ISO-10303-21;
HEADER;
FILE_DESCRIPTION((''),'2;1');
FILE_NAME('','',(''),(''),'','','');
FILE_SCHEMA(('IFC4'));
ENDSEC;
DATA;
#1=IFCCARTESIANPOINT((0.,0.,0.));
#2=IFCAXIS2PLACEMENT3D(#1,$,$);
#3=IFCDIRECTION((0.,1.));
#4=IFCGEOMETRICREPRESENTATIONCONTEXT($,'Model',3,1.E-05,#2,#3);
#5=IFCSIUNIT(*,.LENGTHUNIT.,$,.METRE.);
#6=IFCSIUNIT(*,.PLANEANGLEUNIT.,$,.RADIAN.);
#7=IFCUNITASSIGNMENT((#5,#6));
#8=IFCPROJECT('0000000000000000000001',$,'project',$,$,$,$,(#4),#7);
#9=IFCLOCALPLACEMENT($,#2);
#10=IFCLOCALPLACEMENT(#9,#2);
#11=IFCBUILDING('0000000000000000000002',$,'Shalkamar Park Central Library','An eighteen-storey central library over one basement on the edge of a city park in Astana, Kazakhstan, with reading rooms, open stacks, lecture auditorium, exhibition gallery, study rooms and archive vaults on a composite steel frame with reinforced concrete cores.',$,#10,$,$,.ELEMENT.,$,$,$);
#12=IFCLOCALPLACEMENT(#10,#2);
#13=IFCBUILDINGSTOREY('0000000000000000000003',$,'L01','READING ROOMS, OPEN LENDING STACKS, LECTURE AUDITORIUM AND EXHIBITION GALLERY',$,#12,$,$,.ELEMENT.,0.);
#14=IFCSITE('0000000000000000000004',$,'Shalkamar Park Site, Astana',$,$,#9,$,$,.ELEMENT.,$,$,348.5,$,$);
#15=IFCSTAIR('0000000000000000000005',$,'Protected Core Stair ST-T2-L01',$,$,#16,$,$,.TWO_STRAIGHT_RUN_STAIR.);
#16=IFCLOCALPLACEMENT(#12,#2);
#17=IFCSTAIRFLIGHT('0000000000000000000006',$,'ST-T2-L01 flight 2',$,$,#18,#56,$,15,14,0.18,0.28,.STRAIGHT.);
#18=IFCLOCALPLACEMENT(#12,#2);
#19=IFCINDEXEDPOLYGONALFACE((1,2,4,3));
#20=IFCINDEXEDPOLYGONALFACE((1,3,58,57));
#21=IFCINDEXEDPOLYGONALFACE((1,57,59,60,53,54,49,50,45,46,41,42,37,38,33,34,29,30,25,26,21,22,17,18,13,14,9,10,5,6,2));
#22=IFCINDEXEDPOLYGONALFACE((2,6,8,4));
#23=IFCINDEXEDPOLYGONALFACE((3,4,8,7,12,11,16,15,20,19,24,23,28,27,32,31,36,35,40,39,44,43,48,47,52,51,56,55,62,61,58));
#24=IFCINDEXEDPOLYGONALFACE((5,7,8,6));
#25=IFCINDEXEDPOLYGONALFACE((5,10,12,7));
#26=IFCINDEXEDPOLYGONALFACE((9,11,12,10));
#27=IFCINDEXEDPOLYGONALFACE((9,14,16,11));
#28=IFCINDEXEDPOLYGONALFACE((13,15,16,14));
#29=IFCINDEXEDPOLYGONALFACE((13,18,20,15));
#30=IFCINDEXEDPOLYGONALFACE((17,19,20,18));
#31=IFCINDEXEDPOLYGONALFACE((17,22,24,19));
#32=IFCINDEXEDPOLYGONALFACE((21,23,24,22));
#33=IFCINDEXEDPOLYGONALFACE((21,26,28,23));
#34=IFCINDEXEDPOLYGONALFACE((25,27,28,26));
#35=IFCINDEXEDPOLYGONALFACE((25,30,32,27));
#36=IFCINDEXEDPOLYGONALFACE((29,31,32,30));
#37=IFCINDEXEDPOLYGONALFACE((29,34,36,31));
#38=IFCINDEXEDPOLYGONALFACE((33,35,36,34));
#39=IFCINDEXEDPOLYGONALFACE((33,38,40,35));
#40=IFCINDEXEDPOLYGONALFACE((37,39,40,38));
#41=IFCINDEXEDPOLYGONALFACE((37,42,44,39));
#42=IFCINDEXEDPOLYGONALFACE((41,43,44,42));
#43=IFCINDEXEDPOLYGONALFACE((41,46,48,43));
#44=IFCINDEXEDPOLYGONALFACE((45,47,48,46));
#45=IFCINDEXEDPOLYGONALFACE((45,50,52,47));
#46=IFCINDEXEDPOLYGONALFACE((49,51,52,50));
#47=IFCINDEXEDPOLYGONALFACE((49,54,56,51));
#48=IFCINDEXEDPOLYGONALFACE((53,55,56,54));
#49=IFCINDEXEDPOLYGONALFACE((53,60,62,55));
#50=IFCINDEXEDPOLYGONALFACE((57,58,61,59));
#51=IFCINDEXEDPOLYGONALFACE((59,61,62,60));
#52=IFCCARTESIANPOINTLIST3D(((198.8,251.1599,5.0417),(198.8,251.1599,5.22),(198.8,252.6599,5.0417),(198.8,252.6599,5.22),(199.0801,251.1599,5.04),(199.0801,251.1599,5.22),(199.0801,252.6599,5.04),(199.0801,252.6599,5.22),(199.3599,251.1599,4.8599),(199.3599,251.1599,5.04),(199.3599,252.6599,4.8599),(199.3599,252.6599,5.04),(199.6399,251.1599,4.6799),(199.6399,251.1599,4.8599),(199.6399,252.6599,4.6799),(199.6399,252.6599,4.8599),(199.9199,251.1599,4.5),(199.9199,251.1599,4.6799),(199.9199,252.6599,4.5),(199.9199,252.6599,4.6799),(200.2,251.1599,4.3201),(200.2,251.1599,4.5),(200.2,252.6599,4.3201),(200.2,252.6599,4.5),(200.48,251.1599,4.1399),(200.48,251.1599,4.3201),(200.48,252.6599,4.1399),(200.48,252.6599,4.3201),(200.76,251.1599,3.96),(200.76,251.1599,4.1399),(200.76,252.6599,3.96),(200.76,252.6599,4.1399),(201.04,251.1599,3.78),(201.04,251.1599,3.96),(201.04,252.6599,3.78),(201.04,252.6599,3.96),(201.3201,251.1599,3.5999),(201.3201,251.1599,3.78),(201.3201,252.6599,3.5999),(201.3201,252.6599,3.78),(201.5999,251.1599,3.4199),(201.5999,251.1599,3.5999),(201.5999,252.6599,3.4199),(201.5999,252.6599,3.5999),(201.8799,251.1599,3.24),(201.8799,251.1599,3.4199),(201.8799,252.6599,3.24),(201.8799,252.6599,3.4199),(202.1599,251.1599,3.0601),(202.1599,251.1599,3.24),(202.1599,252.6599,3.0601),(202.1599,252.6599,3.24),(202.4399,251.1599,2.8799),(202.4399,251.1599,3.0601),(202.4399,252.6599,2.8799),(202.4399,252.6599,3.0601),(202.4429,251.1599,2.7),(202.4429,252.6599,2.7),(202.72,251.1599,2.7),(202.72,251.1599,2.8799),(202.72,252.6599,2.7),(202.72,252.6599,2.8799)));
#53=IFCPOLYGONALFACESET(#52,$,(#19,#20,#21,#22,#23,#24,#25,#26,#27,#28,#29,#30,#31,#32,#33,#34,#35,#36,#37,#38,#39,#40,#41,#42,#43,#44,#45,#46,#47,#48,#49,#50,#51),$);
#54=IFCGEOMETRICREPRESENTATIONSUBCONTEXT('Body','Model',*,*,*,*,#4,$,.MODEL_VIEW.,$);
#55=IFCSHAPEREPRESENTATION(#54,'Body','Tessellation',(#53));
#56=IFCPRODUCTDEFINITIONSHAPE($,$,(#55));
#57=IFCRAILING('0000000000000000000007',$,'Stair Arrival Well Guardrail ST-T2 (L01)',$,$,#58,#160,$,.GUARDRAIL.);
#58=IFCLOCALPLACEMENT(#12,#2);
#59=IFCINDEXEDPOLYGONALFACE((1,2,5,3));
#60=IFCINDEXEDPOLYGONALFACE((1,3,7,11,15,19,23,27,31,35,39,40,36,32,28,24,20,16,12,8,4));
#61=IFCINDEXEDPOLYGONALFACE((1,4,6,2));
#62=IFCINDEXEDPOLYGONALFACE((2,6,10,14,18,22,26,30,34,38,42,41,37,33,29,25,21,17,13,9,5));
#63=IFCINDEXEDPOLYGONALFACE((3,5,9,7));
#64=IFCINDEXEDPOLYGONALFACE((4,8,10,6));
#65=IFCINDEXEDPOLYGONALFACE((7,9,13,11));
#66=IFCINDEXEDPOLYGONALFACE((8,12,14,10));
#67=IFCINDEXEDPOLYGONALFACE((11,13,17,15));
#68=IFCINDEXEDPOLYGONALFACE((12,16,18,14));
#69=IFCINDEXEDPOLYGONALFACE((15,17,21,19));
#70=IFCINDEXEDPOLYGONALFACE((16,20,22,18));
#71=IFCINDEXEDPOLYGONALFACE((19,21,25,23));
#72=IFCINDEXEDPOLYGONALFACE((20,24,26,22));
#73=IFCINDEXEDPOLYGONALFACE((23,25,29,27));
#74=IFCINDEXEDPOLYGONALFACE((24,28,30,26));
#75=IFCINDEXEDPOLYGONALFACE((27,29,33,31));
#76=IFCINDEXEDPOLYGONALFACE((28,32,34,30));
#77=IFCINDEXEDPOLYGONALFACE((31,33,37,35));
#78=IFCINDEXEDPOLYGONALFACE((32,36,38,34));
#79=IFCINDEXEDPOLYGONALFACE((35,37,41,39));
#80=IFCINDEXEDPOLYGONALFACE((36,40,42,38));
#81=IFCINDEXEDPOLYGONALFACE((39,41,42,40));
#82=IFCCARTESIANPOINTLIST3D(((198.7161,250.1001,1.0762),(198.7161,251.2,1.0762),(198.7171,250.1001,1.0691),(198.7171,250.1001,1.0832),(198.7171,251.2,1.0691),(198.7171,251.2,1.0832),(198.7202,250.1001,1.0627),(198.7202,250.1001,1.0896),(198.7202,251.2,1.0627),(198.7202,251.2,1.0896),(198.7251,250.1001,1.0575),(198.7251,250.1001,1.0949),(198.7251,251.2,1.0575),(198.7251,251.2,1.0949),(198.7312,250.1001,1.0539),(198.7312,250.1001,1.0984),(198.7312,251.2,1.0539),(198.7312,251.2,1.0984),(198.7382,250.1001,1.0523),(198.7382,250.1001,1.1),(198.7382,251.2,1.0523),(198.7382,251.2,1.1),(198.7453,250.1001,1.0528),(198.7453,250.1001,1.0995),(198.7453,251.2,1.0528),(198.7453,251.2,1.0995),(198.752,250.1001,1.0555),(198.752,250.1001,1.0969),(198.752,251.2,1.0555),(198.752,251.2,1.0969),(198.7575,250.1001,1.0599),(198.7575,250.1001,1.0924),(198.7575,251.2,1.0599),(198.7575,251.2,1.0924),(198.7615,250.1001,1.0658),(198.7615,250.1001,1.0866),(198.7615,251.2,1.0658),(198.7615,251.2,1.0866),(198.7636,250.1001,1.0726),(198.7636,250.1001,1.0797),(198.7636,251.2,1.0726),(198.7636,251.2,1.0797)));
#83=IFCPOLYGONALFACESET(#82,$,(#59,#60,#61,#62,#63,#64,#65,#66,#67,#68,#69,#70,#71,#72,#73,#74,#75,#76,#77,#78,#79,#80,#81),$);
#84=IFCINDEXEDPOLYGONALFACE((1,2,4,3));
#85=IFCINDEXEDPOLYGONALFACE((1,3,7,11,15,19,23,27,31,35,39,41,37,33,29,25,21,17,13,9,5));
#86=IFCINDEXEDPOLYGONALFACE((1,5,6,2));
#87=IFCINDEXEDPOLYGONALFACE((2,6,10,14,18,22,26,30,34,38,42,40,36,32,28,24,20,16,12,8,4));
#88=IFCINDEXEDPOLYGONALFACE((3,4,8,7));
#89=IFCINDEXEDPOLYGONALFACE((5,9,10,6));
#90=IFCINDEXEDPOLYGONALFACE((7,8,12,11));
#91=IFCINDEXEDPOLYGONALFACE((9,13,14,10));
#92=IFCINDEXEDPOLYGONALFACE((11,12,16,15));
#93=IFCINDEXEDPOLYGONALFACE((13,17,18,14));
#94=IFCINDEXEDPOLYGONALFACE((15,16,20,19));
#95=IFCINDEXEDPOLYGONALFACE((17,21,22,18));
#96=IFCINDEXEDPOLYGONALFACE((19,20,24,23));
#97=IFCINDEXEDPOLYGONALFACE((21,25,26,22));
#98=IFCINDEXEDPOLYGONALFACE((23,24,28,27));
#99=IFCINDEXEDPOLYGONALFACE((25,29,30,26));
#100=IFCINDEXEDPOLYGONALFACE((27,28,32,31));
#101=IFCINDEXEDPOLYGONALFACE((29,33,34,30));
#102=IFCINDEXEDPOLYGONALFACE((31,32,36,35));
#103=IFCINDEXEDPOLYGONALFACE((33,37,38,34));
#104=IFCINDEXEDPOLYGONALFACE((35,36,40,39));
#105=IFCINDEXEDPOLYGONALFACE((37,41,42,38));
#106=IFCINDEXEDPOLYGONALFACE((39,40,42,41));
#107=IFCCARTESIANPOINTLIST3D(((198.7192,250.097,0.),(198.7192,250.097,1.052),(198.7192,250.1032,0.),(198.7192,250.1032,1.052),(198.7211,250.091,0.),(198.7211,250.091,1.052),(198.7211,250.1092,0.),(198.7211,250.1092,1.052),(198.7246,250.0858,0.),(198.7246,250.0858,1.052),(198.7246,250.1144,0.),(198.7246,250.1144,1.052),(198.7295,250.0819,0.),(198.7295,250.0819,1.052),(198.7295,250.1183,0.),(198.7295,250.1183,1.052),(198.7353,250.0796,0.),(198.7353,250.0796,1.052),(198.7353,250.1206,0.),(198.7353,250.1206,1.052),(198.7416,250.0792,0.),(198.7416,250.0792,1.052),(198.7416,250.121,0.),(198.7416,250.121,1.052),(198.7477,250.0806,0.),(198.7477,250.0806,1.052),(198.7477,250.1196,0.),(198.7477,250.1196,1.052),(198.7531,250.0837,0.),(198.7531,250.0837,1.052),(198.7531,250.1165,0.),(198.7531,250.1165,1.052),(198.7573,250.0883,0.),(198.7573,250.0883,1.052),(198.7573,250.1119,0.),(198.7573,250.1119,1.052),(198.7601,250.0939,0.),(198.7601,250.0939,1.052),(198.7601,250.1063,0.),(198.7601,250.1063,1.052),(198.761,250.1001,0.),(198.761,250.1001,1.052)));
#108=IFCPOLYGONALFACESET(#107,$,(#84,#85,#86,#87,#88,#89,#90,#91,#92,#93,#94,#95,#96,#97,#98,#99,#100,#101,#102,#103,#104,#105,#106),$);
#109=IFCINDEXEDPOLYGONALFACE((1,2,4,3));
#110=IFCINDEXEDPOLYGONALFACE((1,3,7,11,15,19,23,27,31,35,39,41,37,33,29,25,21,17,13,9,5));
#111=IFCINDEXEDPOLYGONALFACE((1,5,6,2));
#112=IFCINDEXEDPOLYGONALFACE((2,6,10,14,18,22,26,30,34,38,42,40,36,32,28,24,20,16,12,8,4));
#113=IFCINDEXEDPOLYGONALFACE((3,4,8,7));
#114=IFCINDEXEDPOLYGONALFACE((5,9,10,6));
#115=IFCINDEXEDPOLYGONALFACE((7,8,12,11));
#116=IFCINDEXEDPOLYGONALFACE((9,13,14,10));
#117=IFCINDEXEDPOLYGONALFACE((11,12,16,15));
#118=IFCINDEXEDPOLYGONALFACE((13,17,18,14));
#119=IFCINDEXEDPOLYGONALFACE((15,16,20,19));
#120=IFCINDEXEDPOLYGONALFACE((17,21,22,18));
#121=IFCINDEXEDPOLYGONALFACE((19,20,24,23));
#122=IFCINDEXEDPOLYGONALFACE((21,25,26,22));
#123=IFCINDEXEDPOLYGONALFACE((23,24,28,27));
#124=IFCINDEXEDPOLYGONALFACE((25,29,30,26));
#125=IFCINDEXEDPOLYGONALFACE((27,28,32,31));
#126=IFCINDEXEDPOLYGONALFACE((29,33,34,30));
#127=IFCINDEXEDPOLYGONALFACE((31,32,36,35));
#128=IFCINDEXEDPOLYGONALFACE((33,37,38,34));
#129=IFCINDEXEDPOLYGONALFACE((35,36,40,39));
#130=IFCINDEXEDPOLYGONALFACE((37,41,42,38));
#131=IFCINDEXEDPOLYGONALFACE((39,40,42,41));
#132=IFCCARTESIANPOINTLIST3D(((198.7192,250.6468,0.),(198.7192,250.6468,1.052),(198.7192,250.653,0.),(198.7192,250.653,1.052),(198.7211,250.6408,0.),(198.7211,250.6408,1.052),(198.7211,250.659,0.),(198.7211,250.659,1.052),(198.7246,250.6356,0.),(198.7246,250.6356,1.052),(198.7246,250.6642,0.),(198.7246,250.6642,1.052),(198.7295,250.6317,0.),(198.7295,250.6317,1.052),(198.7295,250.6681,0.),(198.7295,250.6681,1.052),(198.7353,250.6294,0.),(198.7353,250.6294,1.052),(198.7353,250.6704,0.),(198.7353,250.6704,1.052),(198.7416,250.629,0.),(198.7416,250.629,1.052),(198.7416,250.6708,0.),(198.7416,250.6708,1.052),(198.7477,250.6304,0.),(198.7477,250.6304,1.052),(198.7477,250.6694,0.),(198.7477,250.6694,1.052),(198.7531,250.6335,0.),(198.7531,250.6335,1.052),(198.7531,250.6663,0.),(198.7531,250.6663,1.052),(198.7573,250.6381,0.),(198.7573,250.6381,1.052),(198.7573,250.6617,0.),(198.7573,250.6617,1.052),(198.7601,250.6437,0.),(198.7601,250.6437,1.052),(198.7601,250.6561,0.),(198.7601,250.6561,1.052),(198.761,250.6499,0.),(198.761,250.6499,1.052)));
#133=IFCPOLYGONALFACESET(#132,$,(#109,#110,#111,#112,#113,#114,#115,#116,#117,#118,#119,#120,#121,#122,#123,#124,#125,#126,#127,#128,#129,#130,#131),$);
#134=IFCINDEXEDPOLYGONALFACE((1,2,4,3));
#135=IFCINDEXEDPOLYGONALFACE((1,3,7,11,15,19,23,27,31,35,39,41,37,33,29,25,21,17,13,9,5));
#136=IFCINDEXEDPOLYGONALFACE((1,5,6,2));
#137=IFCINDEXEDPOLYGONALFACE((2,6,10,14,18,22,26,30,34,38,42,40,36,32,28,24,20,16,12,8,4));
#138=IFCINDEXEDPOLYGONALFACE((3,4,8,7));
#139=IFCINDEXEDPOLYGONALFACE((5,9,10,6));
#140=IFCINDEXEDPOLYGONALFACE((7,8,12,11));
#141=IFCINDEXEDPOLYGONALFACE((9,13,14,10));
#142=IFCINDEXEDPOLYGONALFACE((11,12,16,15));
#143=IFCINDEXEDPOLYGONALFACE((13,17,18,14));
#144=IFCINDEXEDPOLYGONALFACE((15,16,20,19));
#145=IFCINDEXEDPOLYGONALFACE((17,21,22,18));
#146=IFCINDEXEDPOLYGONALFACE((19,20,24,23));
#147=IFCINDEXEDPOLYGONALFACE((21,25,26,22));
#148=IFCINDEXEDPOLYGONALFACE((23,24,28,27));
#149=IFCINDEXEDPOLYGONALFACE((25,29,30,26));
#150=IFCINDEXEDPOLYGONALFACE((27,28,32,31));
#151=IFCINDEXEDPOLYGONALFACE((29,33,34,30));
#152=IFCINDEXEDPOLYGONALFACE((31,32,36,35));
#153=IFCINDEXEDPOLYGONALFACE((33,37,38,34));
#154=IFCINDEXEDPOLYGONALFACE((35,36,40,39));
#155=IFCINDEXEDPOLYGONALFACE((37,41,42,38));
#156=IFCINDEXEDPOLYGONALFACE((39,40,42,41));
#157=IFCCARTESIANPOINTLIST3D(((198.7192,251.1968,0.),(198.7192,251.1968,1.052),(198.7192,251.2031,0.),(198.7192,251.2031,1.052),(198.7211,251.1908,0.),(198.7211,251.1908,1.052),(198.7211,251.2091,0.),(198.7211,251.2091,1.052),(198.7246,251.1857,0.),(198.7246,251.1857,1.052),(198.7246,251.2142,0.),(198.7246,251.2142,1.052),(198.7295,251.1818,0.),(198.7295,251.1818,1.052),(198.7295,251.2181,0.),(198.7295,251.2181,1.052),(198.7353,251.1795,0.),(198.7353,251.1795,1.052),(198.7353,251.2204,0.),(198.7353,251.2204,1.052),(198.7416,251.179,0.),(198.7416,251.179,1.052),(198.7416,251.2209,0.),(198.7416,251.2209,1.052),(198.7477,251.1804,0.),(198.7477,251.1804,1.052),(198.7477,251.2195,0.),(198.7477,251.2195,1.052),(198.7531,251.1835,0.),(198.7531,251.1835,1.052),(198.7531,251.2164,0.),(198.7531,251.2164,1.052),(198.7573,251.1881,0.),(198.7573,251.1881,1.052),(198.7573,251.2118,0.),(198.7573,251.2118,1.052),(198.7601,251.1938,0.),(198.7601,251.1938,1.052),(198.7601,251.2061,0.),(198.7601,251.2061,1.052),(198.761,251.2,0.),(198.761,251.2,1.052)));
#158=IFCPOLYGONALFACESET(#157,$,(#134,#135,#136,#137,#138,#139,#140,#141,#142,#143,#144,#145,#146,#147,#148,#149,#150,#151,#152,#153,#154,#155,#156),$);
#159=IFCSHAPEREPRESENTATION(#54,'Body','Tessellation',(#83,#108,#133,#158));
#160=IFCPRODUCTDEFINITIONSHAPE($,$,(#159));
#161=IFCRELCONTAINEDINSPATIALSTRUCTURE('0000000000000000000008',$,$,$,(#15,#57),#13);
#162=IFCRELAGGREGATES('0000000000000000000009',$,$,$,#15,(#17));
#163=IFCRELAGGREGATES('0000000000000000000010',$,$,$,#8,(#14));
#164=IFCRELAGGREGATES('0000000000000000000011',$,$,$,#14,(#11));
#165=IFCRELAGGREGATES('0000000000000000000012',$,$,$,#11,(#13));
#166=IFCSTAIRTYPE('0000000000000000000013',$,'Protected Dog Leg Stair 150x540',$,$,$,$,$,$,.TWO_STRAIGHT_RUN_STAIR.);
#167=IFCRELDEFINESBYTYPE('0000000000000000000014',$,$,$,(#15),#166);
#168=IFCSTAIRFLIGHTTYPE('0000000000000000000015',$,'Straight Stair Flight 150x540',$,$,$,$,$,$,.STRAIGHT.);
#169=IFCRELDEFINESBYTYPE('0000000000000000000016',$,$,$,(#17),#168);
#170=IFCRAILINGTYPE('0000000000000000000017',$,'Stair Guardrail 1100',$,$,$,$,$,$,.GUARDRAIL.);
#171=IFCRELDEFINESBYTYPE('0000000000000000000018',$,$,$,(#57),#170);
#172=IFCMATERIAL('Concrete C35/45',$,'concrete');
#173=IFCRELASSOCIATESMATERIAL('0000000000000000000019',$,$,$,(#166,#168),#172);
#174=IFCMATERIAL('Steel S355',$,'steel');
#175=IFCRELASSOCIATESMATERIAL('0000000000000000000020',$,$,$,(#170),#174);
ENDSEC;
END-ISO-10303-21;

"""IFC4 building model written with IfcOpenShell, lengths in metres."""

from ifc_helpers import new_model, si_unit, direction, frame, origin, origin_2d, place, context, subcontext, project, spatial, polyline, circle, outline, extrude, material, type_object, element, aggregate, save


model = new_model("IFC4")

# Units and contexts
model_context = context("Model", 3, precision=1e-05, world=origin(), true_north=direction((0.0, 1.0)))
body_context = subcontext(model_context, "Body", "Model", "MODEL_VIEW")
ifc_project = project(units=[si_unit("LENGTHUNIT", "METRE"), si_unit("PLANEANGLEUNIT", "RADIAN")], contexts=[model_context])

# Site, building, storey
site_placement = place(None, origin())
site = spatial("IfcSite", under=ifc_project, at=site_placement, Name="Shalkamar Park Site, Astana", CompositionType="ELEMENT", RefElevation=348.5)
building_placement = place(site_placement, origin())
building = spatial("IfcBuilding", under=site, at=building_placement, Name="Shalkamar Park Central Library", Description="An eighteen-storey central library over one basement on the edge of a city park in Astana, Kazakhstan, with reading rooms, open stacks, lecture auditorium, exhibition gallery, study rooms and archive vaults on a composite steel frame with reinforced concrete cores.", CompositionType="ELEMENT")
storey_placement = place(building_placement, origin())
storey = spatial("IfcBuildingStorey", under=building, at=storey_placement, Name="L01", Description="READING ROOMS, OPEN LENDING STACKS, LECTURE AUDITORIUM AND EXHIBITION GALLERY", CompositionType="ELEMENT", Elevation=0.0)

# Shared definitions
ifc_material_1 = material(Name="Steel S355", Category="steel")

# Stair, stair flight
ifc_material_2 = material(Name="Concrete C35/45", Category="concrete")
stair_type = type_object("IfcStairType", Name="Protected Dog Leg Stair 150x540", PredefinedType="TWO_STRAIGHT_RUN_STAIR", material=ifc_material_2)
stair_placement = place(storey_placement, origin())
stair = element("IfcStair", 1, at=stair_placement, inside=storey, type_object=stair_type, Name="Protected Core Stair ST-T2-L01", PredefinedType="TWO_STRAIGHT_RUN_STAIR")
stair_flight_type = type_object("IfcStairFlightType", Name="Straight Stair Flight 150x540", PredefinedType="STRAIGHT", material=ifc_material_2)
stair_flight_1_placement = place(storey_placement, frame((202.72, 251.9099, 2.7), z_axis=(0.0, 0.0, 1.0), x_axis=(-1.0, 0.0, 0.0)))
stair_flight_1 = element("IfcStairFlight", 2, at=stair_flight_1_placement, type_object=stair_flight_type, Name="ST-T2-L01 flight 2", NumberOfRisers=15, NumberOfTreads=14, PredefinedType="STRAIGHT", RiserHeight=0.18, TreadLength=0.28, context=body_context, shape_type="SweptSolid", body=[
    extrude(outline(polyline([(0.0, 0.0), (0.0, 0.1799), (0.28, 0.1799), (0.28, 0.3601), (0.5601, 0.3601), (0.5601, 0.54), (0.8401, 0.54), (0.8401, 0.72), (1.1201, 0.72), (1.1201, 0.8999), (1.3999, 0.8999), (1.3999, 1.0801), (1.6799, 1.0801), (1.6799, 1.26), (1.96, 1.26), (1.96, 1.4399), (2.24, 1.4399), (2.24, 1.6201), (2.52, 1.6201), (2.52, 1.8), (2.8, 1.8), (2.8, 1.98), (3.0801, 1.98), (3.0801, 2.1599), (3.3601, 2.1599), (3.3601, 2.3401), (3.6399, 2.3401), (3.6399, 2.52), (3.9199, 2.52), (3.9199, 2.7), (3.9199, 2.3418), (0.2771, 0.0), (0.0, 0.0)])), frame((0.0, 0.75, 0.0), z_axis=(0.0, -1.0, 0.0), x_axis=(1.0, 0.0, 0.0)), (0.0, 0.0, 1.0), 1.5),
])
aggregate(stair, [stair_flight_1])

# Railing
railing_type_1 = type_object("IfcRailingType", Name="Stair Guardrail 1100", PredefinedType="GUARDRAIL", material=ifc_material_1)
railing_1_placement = place(storey_placement, frame((198.74, 250.1001, 0.0)))
element("IfcRailing", 3, at=railing_1_placement, inside=storey, type_object=railing_type_1, Name="Stair Arrival Well Guardrail ST-T2 (L01)", PredefinedType="GUARDRAIL", context=body_context, shape_type="SweptSolid", body=[
    extrude(circle(Radius=0.0239, at=origin_2d()), frame((0.0, 0.0, 1.0762), z_axis=(0.0, 1.0, 0.0), x_axis=(-1.0, 0.0, 0.0)), (0.0, 0.0, 1.0), 1.0999),
    extrude(circle(Radius=0.021, at=origin_2d()), origin(), (0.0, 0.0, 1.0), 1.052),
    extrude(circle(Radius=0.021, at=origin_2d()), frame((0.0, 0.5498, 0.0)), (0.0, 0.0, 1.0), 1.052),
    extrude(circle(Radius=0.021, at=origin_2d()), frame((0.0, 1.0999, 0.0)), (0.0, 0.0, 1.0), 1.052),
])

save(model, "model.ifc")
